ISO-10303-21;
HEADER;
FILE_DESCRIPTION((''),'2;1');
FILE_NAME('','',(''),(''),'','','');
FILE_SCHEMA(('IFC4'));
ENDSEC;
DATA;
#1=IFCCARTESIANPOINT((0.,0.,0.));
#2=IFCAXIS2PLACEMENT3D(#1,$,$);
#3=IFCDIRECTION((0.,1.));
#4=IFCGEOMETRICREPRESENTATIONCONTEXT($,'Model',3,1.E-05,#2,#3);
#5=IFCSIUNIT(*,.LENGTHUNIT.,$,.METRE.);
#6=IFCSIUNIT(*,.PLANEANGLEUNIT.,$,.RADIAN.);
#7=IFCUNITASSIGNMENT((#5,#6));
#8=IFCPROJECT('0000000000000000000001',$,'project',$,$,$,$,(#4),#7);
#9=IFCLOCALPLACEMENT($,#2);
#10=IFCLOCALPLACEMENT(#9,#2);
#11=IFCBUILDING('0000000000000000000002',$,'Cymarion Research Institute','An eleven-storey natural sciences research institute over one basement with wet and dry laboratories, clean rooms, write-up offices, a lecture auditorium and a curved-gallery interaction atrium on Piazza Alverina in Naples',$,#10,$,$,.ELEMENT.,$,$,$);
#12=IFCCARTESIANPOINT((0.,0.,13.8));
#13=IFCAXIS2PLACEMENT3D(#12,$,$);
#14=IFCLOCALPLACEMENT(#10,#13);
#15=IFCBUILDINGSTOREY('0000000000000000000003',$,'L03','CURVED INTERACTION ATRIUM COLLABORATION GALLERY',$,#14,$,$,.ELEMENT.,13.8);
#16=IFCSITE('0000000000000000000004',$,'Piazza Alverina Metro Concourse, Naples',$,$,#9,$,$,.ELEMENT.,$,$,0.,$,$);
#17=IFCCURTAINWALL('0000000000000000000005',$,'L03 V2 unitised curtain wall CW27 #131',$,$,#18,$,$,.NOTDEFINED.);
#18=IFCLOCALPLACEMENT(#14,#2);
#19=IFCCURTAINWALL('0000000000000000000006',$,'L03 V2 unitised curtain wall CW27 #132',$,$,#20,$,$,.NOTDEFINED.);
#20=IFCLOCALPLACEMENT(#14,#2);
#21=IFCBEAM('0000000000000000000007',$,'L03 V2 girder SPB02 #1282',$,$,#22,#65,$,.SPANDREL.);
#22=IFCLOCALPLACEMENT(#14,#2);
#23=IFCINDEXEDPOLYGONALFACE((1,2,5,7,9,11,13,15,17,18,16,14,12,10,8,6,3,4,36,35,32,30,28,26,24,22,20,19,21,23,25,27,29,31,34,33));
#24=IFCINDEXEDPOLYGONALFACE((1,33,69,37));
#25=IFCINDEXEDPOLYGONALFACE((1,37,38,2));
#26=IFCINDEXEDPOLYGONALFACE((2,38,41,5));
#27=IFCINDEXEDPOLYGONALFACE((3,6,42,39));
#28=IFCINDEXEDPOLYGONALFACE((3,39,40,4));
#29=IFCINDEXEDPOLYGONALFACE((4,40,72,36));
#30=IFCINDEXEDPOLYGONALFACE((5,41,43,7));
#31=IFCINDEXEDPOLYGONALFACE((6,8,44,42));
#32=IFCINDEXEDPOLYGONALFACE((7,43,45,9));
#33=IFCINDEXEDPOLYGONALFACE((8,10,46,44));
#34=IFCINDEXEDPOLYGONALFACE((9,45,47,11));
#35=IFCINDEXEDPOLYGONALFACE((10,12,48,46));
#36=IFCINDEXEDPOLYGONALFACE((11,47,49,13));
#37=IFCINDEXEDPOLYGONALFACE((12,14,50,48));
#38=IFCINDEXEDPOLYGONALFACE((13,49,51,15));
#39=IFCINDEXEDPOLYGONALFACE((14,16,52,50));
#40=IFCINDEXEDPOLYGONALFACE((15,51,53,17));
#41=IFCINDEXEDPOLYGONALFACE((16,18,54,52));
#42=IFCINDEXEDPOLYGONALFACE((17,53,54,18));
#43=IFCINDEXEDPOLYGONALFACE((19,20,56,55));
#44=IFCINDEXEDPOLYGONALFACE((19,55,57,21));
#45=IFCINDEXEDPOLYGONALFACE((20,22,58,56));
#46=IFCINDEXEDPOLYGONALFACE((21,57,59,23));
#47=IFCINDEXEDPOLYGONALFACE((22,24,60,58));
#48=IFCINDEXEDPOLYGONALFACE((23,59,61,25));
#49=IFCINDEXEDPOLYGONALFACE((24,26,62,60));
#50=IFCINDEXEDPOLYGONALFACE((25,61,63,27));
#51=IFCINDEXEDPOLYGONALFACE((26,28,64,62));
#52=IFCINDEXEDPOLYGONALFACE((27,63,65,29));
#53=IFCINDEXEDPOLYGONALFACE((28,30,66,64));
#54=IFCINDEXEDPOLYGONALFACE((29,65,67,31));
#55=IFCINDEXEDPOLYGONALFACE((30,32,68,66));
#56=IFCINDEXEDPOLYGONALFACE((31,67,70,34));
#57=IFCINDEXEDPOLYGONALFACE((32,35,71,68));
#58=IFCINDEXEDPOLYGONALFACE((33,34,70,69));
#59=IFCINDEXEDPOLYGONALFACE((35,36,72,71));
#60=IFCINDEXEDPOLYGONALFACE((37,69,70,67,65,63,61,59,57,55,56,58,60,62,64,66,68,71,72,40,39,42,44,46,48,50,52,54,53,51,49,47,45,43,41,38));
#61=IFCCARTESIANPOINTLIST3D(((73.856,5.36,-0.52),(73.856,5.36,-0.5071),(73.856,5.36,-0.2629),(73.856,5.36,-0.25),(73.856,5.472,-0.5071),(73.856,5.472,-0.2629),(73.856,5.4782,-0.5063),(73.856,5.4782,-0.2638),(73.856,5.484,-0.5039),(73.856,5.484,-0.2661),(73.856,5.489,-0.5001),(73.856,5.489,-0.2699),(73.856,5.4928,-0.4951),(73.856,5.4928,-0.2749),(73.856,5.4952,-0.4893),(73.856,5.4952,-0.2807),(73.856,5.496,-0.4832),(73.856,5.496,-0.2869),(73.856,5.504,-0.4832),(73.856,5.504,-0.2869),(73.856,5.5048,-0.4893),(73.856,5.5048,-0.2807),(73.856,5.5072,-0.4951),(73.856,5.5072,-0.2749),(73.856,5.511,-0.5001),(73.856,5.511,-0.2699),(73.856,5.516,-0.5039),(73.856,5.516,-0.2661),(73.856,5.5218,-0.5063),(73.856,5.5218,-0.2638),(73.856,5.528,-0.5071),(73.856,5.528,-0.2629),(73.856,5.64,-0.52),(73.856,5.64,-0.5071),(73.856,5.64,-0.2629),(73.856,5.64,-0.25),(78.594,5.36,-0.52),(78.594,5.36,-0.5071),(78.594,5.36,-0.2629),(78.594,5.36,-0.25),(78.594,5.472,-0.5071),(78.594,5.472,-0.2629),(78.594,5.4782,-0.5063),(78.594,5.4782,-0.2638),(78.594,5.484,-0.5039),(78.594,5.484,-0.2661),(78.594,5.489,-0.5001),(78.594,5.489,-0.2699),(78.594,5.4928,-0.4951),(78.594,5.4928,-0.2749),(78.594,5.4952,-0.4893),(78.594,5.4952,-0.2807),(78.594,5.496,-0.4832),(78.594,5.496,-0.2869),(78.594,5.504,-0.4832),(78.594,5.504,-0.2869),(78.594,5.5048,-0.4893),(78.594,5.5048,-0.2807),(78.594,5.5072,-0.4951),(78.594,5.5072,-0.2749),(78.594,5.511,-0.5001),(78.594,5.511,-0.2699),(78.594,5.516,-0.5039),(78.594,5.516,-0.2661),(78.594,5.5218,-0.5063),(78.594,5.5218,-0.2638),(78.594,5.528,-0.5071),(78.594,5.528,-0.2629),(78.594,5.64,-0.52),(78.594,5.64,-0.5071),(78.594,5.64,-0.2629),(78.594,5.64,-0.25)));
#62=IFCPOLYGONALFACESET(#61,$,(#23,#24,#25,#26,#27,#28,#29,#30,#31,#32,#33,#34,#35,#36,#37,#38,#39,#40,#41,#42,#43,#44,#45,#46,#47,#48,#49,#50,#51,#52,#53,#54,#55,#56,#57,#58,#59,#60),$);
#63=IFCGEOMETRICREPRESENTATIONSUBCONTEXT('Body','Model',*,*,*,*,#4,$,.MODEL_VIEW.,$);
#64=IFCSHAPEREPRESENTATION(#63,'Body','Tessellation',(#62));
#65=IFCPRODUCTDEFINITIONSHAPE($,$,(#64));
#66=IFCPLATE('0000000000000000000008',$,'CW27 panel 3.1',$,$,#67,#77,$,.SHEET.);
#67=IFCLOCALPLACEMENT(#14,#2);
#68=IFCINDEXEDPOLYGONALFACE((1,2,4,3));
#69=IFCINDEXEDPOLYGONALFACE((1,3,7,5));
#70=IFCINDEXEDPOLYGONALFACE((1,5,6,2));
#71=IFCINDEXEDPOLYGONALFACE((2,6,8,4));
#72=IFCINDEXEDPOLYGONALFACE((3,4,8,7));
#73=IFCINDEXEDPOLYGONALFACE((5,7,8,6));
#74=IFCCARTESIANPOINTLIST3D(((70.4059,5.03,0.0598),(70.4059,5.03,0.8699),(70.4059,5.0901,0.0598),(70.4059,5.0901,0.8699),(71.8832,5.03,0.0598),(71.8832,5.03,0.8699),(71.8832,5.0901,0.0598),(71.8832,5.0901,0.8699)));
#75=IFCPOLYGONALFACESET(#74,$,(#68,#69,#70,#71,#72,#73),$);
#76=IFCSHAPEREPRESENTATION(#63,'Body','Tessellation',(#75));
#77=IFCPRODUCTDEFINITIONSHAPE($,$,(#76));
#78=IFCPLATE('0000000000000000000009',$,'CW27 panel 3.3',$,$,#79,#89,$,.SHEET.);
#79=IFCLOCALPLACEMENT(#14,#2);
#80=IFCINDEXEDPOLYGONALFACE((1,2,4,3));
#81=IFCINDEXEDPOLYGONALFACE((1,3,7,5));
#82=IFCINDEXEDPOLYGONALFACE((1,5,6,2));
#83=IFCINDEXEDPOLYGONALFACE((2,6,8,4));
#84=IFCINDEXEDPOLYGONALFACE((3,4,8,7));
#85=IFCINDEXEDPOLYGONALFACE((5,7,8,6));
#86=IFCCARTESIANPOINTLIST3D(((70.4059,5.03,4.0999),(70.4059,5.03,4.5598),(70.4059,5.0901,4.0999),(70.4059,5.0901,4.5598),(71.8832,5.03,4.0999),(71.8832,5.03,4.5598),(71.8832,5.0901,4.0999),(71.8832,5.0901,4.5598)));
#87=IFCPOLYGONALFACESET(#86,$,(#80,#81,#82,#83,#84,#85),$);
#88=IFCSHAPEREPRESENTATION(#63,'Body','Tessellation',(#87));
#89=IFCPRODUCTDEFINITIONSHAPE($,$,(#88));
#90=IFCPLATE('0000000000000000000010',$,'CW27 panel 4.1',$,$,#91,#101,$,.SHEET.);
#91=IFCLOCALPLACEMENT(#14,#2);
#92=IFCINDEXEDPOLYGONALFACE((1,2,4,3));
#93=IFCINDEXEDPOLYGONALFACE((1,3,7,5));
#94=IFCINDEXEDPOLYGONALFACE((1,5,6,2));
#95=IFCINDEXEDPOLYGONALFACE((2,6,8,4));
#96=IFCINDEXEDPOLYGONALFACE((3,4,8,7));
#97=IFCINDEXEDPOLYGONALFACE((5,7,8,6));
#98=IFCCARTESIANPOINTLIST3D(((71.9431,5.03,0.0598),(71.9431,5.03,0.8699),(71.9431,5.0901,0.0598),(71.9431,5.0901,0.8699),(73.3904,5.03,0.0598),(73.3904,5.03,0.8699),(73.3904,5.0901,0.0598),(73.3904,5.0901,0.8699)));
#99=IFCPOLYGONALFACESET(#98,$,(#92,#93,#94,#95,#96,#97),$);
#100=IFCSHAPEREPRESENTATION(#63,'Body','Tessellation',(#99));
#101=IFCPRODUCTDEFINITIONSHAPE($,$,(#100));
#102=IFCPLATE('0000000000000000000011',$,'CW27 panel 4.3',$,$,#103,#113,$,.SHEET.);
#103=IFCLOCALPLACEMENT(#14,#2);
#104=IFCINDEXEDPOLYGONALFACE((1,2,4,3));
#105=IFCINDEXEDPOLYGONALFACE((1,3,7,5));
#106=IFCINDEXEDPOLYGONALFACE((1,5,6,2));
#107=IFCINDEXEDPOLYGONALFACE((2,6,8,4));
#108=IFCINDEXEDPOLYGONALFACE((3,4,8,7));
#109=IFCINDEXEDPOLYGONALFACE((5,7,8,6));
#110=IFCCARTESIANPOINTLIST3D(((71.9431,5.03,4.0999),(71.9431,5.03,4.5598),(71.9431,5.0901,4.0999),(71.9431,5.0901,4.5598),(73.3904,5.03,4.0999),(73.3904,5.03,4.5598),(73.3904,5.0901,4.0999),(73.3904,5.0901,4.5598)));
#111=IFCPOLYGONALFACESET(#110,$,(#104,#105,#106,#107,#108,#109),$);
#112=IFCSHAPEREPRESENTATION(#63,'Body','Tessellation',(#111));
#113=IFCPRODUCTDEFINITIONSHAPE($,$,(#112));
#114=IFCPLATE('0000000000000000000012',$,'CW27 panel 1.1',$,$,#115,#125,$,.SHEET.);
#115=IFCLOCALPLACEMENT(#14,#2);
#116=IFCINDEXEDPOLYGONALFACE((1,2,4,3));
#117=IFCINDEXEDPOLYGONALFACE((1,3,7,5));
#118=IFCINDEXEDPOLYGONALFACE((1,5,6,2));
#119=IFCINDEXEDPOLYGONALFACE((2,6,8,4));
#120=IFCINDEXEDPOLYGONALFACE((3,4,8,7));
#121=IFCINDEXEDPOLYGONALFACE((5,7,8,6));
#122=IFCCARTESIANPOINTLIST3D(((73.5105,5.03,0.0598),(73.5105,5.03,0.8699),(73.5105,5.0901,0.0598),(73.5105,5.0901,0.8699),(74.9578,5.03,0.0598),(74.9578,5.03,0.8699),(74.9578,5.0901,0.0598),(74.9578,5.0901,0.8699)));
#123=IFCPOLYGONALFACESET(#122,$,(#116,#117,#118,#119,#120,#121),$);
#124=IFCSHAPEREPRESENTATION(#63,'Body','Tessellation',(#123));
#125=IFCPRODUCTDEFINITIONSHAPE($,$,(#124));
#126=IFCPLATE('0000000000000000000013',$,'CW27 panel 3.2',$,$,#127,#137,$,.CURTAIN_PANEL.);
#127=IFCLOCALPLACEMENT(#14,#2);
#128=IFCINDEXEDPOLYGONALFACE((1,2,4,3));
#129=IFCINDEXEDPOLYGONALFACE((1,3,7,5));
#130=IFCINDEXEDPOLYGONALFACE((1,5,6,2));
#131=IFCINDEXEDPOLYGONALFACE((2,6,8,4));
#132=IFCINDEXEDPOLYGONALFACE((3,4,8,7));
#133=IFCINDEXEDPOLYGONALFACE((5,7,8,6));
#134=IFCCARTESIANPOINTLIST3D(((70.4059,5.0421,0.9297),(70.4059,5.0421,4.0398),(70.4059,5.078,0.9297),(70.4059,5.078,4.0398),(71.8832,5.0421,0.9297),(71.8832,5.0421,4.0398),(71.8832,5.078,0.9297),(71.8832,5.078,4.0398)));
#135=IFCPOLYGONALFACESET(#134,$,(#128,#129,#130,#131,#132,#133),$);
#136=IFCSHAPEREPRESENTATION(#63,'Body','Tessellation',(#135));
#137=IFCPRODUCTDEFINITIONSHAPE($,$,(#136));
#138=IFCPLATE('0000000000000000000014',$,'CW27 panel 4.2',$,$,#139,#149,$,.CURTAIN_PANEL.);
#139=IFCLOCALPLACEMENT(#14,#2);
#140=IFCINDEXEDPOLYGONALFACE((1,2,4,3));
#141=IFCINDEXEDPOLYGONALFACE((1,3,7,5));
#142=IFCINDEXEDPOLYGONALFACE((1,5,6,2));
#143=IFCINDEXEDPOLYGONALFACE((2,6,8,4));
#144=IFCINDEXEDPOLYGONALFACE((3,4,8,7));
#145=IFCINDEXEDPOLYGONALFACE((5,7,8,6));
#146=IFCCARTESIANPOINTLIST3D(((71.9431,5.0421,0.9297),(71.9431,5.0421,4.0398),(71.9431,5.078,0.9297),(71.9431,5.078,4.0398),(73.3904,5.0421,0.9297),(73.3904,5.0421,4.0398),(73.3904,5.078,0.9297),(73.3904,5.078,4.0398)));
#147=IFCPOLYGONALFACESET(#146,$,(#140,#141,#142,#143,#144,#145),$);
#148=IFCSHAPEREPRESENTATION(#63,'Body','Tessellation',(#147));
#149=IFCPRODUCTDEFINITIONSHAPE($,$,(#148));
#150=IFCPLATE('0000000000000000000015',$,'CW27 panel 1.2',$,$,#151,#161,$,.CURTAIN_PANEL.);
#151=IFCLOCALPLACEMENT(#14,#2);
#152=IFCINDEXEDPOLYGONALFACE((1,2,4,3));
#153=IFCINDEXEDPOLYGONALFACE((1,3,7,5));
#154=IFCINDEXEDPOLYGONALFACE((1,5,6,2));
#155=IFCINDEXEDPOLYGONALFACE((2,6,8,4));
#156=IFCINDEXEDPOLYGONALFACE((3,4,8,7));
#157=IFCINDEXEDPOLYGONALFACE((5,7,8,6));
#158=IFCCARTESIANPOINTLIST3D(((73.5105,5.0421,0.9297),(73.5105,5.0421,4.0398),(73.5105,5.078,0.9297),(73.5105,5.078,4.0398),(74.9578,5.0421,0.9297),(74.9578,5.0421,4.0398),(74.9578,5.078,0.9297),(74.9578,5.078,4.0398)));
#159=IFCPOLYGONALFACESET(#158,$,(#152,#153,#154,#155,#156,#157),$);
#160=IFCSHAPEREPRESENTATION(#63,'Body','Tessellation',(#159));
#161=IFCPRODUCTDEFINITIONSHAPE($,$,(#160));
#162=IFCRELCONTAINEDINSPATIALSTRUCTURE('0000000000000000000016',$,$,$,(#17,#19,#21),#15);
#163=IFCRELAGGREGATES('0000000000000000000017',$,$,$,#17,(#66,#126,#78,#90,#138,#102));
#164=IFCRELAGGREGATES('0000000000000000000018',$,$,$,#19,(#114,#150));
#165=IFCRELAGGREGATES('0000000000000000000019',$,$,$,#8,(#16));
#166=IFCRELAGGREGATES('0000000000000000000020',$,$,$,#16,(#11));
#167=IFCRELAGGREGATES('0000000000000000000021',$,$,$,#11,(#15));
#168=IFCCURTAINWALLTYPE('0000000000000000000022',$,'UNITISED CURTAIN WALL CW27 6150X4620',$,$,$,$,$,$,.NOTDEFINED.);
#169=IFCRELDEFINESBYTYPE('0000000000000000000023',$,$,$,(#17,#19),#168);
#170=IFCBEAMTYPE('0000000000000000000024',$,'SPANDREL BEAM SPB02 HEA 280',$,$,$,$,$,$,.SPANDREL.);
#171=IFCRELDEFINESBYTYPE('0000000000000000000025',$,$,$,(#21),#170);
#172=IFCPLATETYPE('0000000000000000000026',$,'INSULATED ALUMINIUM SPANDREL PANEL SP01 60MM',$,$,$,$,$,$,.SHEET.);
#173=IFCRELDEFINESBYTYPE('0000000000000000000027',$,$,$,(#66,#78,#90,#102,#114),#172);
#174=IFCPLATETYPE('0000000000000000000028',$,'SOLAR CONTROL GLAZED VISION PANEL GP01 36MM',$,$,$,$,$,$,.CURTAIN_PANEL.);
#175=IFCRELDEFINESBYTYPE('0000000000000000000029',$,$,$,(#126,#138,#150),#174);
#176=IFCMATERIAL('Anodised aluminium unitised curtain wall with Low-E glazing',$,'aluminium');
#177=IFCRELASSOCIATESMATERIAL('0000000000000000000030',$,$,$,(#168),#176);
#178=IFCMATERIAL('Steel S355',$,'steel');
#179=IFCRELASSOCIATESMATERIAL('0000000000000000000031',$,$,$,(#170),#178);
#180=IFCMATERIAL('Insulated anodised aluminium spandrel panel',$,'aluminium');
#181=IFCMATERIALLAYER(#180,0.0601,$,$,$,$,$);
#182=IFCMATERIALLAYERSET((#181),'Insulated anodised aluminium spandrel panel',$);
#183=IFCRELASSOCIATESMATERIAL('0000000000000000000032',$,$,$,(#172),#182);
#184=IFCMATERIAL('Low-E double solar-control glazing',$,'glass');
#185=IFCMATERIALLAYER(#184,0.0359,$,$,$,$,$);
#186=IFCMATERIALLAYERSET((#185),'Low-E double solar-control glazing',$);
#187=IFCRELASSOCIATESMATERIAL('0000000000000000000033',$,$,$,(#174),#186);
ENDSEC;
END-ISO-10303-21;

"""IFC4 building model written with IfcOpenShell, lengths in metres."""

from ifc_helpers import new_model, si_unit, direction, frame, origin, origin_2d, place, context, subcontext, project, spatial, rectangle, i_section, extrude, material, layer, layer_set, material_profile, profile_set, type_object, element, aggregate, save


model = new_model("IFC4")

# Units and contexts
model_context = context("Model", 3, precision=1e-05, world=origin(), true_north=direction((0.0, 1.0)))
body_context = subcontext(model_context, "Body", "Model", "MODEL_VIEW")
ifc_project = project(units=[si_unit("LENGTHUNIT", "METRE"), si_unit("PLANEANGLEUNIT", "RADIAN")], contexts=[model_context])

# Site, building, storey
site_placement = place(None, origin())
site = spatial("IfcSite", under=ifc_project, at=site_placement, Name="Piazza Alverina Metro Concourse, Naples", CompositionType="ELEMENT", RefElevation=0.0)
building_placement = place(site_placement, origin())
building = spatial("IfcBuilding", under=site, at=building_placement, Name="Cymarion Research Institute", Description="An eleven-storey natural sciences research institute over one basement with wet and dry laboratories, clean rooms, write-up offices, a lecture auditorium and a curved-gallery interaction atrium on Piazza Alverina in Naples", CompositionType="ELEMENT")
storey_placement = place(building_placement, frame((0.0, 0.0, 13.8)))
storey = spatial("IfcBuildingStorey", under=building, at=storey_placement, Name="L03", Description="CURVED INTERACTION ATRIUM COLLABORATION GALLERY", CompositionType="ELEMENT", Elevation=13.8)

# Shared definitions
ifc_material_1 = material(Name="Steel S355", Category="steel")

# Curtain wall
ifc_material_2 = material(Name="Anodised aluminium unitised curtain wall with Low-E glazing", Category="aluminium")
curtain_wall_type = type_object("IfcCurtainWallType", Name="UNITISED CURTAIN WALL CW27 6150X4620", PredefinedType="NOTDEFINED", material=ifc_material_2)
curtain_wall_1_placement = place(storey_placement, origin())
curtain_wall_1 = element("IfcCurtainWall", 1, at=curtain_wall_1_placement, inside=storey, type_object=curtain_wall_type, Name="L03 V2 unitised curtain wall CW27 #131", PredefinedType="NOTDEFINED")

# Curtain wall
curtain_wall_2_placement = place(storey_placement, origin())
curtain_wall_2 = element("IfcCurtainWall", 2, at=curtain_wall_2_placement, inside=storey, type_object=curtain_wall_type, Name="L03 V2 unitised curtain wall CW27 #132", PredefinedType="NOTDEFINED")

# Beam
ifc_material_profile_1 = material_profile(ifc_material_1, i_section(OverallWidth=0.28, OverallDepth=0.27, WebThickness=0.0081, FlangeThickness=0.0129, FilletRadius=0.0239, at=origin_2d()), Name="HEA 280")
ifc_profile_set_1 = profile_set([ifc_material_profile_1], Name="Steel S355")
beam_type_1 = type_object("IfcBeamType", Name="SPANDREL BEAM SPB02 HEA 280", PredefinedType="SPANDREL", material=ifc_profile_set_1)
beam_1_placement = place(storey_placement, frame((73.856, 5.5, -0.385), z_axis=(1.0, 0.0, 0.0), x_axis=(0.0, 1.0, 0.0)))
element("IfcBeam", 3, at=beam_1_placement, inside=storey, type_object=beam_type_1, Name="L03 V2 girder SPB02 #1282", PredefinedType="SPANDREL", context=body_context, shape_type="SweptSolid", body=[
    extrude(i_section(OverallWidth=0.28, OverallDepth=0.27, WebThickness=0.0081, FlangeThickness=0.0129, FilletRadius=0.0239, at=origin_2d()), origin(), (0.0, 0.0, 1.0), 4.738),
])

# Plates
ifc_material_3 = material(Name="Insulated anodised aluminium spandrel panel", Category="aluminium")
ifc_layer_1 = layer(ifc_material_3, 0.0601)
ifc_layer_set_1 = layer_set([ifc_layer_1], Name="Insulated anodised aluminium spandrel panel")
plate_type_1 = type_object("IfcPlateType", Name="INSULATED ALUMINIUM SPANDREL PANEL SP01 60MM", PredefinedType="SHEET", material=ifc_layer_set_1)
plate_1_placement = place(storey_placement, frame((71.1445, 5.0601, 0.0598), z_axis=(0.0, 0.0, 1.0), x_axis=(1.0, 0.0, 0.0)))
plate_1 = element("IfcPlate", 4, at=plate_1_placement, type_object=plate_type_1, Name="CW27 panel 3.1", PredefinedType="SHEET", context=body_context, shape_type="SweptSolid", body=[
    extrude(rectangle(XDim=1.4773, YDim=0.0601, at=origin_2d()), origin(), (0.0, 0.0, 1.0), 0.8101),
])
plate_2_placement = place(storey_placement, frame((71.1445, 5.0601, 4.0999), z_axis=(0.0, 0.0, 1.0), x_axis=(1.0, 0.0, 0.0)))
plate_2 = element("IfcPlate", 5, at=plate_2_placement, type_object=plate_type_1, Name="CW27 panel 3.3", PredefinedType="SHEET", context=body_context, shape_type="SweptSolid", body=[
    extrude(rectangle(XDim=1.4773, YDim=0.0601, at=origin_2d()), origin(), (0.0, 0.0, 1.0), 0.46),
])
plate_3_placement = place(storey_placement, frame((72.6667, 5.0601, 0.0598), z_axis=(0.0, 0.0, 1.0), x_axis=(1.0, 0.0, 0.0)))
plate_3 = element("IfcPlate", 6, at=plate_3_placement, type_object=plate_type_1, Name="CW27 panel 4.1", PredefinedType="SHEET", context=body_context, shape_type="SweptSolid", body=[
    extrude(rectangle(XDim=1.4473, YDim=0.0601, at=origin_2d()), origin(), (0.0, 0.0, 1.0), 0.8101),
])
plate_4_placement = place(storey_placement, frame((72.6667, 5.0601, 4.0999), z_axis=(0.0, 0.0, 1.0), x_axis=(1.0, 0.0, 0.0)))
plate_4 = element("IfcPlate", 7, at=plate_4_placement, type_object=plate_type_1, Name="CW27 panel 4.3", PredefinedType="SHEET", context=body_context, shape_type="SweptSolid", body=[
    extrude(rectangle(XDim=1.4473, YDim=0.0601, at=origin_2d()), origin(), (0.0, 0.0, 1.0), 0.46),
])
plate_5_placement = place(storey_placement, frame((74.2341, 5.0601, 0.0598), z_axis=(0.0, 0.0, 1.0), x_axis=(1.0, 0.0, 0.0)))
plate_5 = element("IfcPlate", 8, at=plate_5_placement, type_object=plate_type_1, Name="CW27 panel 1.1", PredefinedType="SHEET", context=body_context, shape_type="SweptSolid", body=[
    extrude(rectangle(XDim=1.4473, YDim=0.0601, at=origin_2d()), origin(), (0.0, 0.0, 1.0), 0.8101),
])
ifc_material_4 = material(Name="Low-E double solar-control glazing", Category="glass")
ifc_layer_2 = layer(ifc_material_4, 0.0359)
ifc_layer_set_2 = layer_set([ifc_layer_2], Name="Low-E double solar-control glazing")
plate_type_2 = type_object("IfcPlateType", Name="SOLAR CONTROL GLAZED VISION PANEL GP01 36MM", PredefinedType="CURTAIN_PANEL", material=ifc_layer_set_2)
plate_6_placement = place(storey_placement, frame((71.1445, 5.0601, 0.9297), z_axis=(0.0, 0.0, 1.0), x_axis=(1.0, 0.0, 0.0)))
plate_6 = element("IfcPlate", 9, at=plate_6_placement, type_object=plate_type_2, Name="CW27 panel 3.2", PredefinedType="CURTAIN_PANEL", context=body_context, shape_type="SweptSolid", body=[
    extrude(rectangle(XDim=1.4773, YDim=0.0359, at=origin_2d()), origin(), (0.0, 0.0, 1.0), 3.1101),
])
plate_7_placement = place(storey_placement, frame((72.6667, 5.0601, 0.9297), z_axis=(0.0, 0.0, 1.0), x_axis=(1.0, 0.0, 0.0)))
plate_7 = element("IfcPlate", 10, at=plate_7_placement, type_object=plate_type_2, Name="CW27 panel 4.2", PredefinedType="CURTAIN_PANEL", context=body_context, shape_type="SweptSolid", body=[
    extrude(rectangle(XDim=1.4473, YDim=0.0359, at=origin_2d()), origin(), (0.0, 0.0, 1.0), 3.1101),
])
aggregate(curtain_wall_1, [plate_1, plate_6, plate_2, plate_3, plate_7, plate_4])
plate_8_placement = place(storey_placement, frame((74.2341, 5.0601, 0.9297), z_axis=(0.0, 0.0, 1.0), x_axis=(1.0, 0.0, 0.0)))
plate_8 = element("IfcPlate", 11, at=plate_8_placement, type_object=plate_type_2, Name="CW27 panel 1.2", PredefinedType="CURTAIN_PANEL", context=body_context, shape_type="SweptSolid", body=[
    extrude(rectangle(XDim=1.4473, YDim=0.0359, at=origin_2d()), origin(), (0.0, 0.0, 1.0), 3.1101),
])
aggregate(curtain_wall_2, [plate_5, plate_8])

save(model, "model.ifc")
